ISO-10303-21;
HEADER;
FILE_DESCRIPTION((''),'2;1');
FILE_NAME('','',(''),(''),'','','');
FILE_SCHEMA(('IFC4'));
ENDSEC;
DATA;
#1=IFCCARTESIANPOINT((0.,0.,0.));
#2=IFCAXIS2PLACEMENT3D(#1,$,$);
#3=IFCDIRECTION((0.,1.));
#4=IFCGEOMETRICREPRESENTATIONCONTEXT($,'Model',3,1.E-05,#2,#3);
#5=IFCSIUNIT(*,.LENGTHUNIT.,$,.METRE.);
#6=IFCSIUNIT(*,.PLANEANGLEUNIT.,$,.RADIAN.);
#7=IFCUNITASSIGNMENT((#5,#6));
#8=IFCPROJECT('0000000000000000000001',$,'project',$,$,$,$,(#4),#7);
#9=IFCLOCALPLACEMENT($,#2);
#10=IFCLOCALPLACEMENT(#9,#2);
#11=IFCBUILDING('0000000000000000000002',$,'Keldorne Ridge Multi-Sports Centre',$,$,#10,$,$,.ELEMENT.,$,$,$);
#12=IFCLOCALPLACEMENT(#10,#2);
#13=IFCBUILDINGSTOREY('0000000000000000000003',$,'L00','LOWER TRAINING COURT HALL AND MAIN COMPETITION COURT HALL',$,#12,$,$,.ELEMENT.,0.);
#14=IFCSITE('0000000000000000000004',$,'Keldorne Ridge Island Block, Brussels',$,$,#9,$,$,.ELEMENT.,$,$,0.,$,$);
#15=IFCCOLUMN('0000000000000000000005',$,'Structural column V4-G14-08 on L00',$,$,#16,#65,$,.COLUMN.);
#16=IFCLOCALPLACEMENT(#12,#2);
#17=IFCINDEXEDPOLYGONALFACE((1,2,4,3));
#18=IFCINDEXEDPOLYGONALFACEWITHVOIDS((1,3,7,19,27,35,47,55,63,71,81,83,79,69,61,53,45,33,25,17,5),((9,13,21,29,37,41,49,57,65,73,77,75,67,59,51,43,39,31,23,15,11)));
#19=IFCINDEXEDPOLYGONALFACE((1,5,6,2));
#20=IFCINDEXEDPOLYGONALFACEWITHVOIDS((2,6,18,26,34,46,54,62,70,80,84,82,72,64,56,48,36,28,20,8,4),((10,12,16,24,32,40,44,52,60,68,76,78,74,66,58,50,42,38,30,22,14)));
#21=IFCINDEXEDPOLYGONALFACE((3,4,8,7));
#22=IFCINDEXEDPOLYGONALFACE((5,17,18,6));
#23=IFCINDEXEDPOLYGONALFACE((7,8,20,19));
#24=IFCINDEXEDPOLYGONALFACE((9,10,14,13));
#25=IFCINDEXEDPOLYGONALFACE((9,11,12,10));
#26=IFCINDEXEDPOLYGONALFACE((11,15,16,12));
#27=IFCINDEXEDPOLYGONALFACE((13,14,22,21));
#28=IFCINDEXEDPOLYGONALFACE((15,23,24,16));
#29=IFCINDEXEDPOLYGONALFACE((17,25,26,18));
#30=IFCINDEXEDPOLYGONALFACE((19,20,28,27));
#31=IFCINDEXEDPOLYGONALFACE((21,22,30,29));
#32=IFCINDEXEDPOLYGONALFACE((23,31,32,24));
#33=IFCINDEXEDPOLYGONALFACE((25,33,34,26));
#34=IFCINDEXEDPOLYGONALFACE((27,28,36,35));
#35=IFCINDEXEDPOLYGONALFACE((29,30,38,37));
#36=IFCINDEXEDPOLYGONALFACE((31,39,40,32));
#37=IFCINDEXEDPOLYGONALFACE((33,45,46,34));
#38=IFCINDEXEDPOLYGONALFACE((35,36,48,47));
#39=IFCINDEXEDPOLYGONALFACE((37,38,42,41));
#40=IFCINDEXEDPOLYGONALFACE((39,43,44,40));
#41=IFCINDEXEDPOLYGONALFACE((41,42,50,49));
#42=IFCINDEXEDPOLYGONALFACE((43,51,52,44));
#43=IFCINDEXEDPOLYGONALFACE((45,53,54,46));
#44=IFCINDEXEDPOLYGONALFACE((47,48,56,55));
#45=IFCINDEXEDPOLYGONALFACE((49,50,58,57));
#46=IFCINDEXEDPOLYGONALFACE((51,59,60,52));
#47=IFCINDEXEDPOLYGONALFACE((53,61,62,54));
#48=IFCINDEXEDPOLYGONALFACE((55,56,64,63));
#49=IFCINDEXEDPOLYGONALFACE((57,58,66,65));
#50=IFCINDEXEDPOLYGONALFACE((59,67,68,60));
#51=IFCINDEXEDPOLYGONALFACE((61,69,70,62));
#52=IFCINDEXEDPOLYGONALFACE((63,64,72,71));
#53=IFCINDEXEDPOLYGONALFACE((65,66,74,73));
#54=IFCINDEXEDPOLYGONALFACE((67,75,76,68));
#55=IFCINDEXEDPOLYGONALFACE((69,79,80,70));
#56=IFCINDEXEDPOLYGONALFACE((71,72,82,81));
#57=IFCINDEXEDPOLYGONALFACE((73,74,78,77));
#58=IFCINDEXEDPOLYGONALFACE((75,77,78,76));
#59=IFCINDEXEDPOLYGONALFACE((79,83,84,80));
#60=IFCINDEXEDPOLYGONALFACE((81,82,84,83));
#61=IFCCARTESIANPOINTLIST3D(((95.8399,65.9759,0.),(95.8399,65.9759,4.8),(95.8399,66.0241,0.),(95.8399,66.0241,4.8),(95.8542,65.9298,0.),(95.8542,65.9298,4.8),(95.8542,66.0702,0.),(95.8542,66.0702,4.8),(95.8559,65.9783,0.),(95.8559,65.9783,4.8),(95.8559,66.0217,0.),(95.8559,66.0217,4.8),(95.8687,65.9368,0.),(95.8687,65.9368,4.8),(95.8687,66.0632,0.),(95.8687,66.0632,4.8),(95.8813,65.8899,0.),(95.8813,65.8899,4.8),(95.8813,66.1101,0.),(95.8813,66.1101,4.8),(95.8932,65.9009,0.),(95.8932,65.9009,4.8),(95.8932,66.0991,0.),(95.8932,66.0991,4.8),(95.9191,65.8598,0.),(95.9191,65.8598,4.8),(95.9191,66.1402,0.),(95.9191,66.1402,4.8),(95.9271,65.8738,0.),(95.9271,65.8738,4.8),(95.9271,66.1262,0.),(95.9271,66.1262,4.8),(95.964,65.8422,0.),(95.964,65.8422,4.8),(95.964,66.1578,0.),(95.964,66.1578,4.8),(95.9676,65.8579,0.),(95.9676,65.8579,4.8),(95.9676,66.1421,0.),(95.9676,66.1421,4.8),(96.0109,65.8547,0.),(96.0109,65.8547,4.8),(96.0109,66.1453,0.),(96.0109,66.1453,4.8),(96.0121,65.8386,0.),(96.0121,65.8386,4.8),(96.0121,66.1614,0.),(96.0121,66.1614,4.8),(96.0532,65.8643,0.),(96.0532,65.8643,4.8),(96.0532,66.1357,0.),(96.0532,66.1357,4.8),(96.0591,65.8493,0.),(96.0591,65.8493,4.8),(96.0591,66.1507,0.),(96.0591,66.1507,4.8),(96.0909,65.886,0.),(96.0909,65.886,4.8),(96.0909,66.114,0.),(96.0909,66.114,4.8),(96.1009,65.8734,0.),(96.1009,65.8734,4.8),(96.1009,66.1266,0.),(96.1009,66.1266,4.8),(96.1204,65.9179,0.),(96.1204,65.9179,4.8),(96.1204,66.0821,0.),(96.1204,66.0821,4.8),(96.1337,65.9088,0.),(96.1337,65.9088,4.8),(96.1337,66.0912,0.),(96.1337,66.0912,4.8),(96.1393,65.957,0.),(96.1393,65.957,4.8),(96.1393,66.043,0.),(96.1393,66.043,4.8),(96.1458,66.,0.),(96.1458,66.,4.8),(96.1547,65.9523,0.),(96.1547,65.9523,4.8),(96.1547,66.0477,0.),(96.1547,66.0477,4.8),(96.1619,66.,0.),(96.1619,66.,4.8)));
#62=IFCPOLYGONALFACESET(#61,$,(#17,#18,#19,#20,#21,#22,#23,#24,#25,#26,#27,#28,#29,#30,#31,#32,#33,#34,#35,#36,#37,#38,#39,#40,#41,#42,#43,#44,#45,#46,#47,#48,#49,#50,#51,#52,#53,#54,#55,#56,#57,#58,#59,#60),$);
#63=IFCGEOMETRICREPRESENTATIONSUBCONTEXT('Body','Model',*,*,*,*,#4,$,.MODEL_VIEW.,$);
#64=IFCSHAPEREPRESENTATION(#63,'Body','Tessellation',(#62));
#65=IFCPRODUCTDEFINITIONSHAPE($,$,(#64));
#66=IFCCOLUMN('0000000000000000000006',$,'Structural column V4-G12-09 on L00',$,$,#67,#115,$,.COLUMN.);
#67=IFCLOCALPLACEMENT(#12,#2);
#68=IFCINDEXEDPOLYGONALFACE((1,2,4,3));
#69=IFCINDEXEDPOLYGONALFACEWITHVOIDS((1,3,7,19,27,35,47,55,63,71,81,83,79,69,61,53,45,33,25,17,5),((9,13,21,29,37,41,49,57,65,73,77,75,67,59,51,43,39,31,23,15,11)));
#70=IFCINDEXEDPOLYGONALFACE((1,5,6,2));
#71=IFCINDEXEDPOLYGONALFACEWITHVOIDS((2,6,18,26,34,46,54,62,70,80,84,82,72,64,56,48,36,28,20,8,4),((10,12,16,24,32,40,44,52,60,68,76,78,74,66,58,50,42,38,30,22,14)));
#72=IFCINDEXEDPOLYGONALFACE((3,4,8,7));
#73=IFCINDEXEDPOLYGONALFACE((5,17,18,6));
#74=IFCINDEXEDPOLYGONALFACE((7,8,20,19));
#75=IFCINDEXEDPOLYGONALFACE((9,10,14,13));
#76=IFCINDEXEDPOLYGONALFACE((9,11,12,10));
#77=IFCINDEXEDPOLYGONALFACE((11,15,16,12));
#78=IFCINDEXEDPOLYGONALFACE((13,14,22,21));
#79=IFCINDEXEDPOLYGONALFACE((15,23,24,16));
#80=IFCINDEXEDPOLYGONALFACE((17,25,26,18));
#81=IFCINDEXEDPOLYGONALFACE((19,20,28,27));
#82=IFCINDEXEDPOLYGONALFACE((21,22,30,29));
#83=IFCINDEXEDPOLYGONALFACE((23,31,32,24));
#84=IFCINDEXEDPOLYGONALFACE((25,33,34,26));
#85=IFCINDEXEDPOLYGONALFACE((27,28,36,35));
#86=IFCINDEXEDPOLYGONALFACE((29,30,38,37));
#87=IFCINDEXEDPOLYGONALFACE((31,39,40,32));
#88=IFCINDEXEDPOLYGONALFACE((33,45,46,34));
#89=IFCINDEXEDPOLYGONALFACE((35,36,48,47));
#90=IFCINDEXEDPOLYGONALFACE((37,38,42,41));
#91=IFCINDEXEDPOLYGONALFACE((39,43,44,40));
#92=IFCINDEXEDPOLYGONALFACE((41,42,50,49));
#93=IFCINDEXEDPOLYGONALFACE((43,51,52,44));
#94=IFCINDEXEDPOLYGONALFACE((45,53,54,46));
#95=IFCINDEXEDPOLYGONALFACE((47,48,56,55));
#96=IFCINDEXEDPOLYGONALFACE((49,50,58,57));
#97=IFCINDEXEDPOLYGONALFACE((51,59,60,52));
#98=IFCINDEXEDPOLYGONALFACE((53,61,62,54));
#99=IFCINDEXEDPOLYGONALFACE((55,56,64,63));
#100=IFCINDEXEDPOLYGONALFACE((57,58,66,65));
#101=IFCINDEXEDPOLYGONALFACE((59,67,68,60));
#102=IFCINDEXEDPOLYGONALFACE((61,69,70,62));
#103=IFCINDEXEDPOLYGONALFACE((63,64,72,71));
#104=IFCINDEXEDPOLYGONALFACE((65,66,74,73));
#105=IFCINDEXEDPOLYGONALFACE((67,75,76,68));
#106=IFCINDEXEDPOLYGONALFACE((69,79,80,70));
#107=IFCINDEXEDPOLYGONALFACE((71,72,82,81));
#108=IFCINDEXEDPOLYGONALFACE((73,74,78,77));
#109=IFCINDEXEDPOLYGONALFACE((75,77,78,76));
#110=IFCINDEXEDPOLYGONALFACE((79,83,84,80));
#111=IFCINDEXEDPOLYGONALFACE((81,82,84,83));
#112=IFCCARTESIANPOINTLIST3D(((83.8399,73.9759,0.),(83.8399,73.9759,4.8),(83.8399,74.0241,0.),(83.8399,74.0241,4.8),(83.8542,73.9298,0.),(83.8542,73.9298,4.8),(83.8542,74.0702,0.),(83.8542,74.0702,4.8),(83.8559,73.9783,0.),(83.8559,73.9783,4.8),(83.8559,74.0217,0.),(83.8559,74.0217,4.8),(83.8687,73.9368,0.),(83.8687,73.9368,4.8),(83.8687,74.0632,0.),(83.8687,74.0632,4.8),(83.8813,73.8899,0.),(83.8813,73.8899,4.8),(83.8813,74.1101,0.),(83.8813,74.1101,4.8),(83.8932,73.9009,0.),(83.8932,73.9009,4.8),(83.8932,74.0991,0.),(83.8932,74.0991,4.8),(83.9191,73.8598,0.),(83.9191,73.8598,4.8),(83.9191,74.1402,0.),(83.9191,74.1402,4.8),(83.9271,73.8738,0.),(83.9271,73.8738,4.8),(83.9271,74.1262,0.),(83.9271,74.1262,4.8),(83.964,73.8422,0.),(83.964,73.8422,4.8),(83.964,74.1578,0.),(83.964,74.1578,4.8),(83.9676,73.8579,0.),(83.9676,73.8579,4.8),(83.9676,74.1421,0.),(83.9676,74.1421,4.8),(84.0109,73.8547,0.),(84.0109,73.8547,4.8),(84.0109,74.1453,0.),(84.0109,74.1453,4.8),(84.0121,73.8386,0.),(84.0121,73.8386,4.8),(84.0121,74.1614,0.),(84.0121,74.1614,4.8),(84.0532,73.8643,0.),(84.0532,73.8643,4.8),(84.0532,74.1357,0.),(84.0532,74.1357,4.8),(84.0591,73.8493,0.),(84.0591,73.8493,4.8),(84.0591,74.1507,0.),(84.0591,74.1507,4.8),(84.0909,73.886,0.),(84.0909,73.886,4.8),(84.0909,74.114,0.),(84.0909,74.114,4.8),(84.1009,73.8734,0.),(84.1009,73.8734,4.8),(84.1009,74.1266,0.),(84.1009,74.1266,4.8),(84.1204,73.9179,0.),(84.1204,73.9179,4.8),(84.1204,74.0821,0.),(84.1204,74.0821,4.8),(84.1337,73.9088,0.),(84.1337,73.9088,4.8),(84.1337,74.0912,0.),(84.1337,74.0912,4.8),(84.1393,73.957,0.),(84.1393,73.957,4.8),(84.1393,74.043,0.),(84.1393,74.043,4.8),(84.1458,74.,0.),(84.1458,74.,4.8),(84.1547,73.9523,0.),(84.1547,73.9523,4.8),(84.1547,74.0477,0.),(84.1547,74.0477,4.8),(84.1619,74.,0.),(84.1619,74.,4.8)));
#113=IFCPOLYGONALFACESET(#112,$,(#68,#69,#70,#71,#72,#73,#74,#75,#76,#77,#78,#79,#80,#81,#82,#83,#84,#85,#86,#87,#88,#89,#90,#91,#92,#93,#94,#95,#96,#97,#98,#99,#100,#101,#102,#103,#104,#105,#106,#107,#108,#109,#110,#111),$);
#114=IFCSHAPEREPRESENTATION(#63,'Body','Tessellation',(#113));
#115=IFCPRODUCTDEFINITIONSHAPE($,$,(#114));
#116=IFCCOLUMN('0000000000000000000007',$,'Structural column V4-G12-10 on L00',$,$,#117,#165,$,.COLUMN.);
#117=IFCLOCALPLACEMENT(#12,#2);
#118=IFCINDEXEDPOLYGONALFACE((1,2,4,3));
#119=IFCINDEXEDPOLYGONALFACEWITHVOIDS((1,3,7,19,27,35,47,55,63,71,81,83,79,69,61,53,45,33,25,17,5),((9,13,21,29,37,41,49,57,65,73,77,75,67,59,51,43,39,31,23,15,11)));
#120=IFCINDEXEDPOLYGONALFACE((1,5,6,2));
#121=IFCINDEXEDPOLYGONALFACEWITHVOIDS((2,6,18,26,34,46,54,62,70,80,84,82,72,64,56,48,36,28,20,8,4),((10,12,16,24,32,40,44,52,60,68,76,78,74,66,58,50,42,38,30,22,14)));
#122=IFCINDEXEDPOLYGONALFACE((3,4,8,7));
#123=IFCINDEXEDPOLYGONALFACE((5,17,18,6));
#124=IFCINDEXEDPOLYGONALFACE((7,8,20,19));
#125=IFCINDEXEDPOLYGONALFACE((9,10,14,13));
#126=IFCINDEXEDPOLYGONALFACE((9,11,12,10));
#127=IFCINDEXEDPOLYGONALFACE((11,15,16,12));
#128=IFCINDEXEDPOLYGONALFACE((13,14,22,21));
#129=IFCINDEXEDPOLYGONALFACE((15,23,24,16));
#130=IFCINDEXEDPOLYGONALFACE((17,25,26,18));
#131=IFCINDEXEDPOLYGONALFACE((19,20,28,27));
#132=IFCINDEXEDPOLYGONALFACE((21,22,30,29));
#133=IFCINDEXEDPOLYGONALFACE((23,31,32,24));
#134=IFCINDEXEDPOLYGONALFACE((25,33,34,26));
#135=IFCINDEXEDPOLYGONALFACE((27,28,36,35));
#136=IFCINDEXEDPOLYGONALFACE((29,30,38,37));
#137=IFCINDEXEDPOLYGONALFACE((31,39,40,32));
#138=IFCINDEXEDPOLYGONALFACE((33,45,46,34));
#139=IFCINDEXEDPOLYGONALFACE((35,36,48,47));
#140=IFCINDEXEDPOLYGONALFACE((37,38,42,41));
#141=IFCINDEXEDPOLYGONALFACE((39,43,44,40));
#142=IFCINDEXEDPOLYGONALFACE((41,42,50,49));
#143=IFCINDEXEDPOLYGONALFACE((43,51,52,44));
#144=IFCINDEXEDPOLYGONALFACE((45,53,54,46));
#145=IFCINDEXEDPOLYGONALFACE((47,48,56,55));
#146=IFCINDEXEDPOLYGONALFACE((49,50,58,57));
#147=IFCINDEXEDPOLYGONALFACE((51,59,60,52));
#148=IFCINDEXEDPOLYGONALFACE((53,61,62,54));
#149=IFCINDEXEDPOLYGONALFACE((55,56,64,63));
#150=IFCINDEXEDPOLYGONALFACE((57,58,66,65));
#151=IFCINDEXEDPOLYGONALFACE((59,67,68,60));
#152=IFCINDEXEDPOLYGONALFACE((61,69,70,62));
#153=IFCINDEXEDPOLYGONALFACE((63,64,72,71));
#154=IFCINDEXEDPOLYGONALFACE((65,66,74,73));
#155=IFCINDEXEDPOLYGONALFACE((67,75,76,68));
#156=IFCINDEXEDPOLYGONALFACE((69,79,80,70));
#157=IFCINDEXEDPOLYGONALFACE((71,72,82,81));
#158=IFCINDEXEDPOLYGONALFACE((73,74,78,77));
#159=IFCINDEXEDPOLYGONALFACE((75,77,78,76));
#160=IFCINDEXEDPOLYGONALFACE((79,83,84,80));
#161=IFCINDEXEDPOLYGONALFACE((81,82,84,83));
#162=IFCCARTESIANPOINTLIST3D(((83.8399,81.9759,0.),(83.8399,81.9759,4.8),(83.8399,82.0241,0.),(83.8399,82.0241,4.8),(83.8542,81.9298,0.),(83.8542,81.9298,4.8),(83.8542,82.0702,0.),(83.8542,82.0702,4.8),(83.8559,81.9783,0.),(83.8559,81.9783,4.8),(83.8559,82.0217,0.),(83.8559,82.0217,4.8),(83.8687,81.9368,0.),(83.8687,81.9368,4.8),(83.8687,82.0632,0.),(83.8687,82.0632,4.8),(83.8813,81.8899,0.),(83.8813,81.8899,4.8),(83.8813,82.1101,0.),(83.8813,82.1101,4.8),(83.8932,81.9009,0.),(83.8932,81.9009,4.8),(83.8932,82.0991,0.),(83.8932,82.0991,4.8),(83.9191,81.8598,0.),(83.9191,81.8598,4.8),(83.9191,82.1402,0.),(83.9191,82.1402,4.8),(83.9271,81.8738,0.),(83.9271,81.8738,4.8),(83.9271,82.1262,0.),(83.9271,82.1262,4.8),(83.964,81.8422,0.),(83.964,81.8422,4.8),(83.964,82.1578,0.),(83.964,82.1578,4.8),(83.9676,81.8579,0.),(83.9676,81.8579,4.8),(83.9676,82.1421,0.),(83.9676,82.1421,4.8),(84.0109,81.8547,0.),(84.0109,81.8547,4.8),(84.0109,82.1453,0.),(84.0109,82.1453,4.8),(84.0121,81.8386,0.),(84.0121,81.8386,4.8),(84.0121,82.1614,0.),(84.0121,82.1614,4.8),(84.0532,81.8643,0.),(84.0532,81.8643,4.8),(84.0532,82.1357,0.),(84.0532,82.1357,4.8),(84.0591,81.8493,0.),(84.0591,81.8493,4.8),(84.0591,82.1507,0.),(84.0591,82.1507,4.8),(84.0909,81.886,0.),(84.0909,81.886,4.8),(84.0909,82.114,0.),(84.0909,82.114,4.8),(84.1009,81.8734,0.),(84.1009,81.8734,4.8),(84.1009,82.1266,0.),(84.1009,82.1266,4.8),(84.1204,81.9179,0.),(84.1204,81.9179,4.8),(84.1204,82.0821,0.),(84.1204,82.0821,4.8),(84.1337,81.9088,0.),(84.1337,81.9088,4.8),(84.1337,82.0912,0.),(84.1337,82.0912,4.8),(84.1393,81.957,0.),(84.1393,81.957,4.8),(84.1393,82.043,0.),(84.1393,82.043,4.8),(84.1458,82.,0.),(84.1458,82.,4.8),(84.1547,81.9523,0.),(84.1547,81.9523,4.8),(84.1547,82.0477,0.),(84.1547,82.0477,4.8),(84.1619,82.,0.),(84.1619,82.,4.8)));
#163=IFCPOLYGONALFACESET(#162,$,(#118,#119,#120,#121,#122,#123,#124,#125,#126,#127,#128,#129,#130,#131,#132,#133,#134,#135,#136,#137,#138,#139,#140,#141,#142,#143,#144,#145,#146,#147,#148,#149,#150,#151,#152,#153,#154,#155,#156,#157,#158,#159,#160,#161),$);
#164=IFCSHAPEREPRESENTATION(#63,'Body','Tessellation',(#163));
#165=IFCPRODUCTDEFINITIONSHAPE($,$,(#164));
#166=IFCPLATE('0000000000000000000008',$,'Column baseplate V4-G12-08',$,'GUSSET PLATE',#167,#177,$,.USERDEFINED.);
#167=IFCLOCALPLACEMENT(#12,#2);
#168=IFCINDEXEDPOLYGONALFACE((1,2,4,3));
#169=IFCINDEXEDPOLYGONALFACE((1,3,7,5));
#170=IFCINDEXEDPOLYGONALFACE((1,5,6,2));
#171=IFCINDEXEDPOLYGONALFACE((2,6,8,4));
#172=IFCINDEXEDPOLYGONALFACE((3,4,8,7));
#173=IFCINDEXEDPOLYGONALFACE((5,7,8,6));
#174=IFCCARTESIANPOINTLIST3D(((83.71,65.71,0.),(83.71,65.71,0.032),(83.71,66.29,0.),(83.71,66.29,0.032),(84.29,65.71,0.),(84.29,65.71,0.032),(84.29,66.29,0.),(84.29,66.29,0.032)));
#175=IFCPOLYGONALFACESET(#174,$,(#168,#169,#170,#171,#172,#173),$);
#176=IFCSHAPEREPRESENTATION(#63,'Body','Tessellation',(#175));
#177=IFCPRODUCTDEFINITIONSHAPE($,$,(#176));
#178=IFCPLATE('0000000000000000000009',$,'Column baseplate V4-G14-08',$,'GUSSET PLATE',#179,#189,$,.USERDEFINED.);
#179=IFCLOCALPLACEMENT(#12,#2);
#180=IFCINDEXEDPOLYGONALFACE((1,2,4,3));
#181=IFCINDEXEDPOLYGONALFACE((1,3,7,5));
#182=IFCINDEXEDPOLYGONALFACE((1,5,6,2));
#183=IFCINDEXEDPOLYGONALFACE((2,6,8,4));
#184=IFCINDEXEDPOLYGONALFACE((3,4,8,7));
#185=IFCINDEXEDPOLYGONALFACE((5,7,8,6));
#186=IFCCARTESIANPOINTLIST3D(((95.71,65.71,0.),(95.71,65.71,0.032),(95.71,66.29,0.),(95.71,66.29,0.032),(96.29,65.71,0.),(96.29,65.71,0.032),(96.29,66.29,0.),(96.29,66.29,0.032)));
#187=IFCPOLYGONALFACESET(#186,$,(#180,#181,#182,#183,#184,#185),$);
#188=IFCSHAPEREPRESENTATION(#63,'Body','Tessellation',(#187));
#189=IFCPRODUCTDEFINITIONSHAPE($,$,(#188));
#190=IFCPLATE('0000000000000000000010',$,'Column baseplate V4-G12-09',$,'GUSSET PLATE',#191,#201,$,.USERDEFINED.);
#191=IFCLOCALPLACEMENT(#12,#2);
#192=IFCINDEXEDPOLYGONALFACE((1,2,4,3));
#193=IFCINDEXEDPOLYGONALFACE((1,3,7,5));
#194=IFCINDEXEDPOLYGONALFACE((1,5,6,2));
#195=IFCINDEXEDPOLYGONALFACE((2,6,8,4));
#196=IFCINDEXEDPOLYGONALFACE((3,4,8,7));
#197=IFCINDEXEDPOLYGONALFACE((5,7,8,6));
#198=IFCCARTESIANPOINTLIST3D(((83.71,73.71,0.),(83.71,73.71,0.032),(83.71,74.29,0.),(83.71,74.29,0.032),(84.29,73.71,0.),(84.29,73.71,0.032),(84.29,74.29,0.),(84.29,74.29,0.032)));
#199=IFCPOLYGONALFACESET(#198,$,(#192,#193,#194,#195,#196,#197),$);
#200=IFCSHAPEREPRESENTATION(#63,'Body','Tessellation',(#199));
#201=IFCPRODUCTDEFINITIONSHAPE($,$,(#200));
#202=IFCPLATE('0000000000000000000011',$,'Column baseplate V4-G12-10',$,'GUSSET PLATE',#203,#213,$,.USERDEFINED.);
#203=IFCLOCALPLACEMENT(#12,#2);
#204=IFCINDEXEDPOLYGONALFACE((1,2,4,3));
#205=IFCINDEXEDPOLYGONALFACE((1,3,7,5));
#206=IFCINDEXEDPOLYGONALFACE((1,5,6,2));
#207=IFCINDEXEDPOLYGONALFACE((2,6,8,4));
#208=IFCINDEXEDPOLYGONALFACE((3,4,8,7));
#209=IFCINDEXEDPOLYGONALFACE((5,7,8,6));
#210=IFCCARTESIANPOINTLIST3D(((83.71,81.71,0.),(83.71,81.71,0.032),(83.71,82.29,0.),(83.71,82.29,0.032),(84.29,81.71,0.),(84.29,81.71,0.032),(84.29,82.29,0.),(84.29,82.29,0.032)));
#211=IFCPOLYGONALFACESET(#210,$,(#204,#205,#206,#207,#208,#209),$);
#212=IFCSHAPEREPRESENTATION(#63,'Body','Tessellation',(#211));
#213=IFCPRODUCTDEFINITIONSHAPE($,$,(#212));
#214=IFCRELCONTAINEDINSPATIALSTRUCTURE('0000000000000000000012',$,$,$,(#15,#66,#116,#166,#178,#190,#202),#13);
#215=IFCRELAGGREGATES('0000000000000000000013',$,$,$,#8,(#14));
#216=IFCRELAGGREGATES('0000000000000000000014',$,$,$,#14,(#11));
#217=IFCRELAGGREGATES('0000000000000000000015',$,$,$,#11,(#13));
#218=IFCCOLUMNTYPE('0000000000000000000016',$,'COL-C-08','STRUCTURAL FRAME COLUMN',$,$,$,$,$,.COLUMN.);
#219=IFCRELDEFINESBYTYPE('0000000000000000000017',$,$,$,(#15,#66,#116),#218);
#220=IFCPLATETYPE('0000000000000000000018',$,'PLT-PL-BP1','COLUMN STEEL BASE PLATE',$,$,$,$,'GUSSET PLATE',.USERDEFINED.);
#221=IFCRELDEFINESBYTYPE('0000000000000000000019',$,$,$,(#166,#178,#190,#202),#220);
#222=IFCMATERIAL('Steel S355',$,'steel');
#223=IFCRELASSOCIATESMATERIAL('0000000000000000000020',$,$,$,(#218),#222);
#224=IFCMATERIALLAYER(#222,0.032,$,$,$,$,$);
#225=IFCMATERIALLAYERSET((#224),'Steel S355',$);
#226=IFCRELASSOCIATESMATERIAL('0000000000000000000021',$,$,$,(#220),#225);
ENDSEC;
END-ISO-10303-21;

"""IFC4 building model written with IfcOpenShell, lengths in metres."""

from ifc_helpers import new_model, si_unit, direction, frame, origin, origin_2d, place, context, subcontext, project, spatial, rectangle, hollow_circle, extrude, material, layer, layer_set, material_profile, profile_set, type_object, element, save


model = new_model("IFC4")

# Units and contexts
model_context = context("Model", 3, precision=1e-05, world=origin(), true_north=direction((0.0, 1.0)))
body_context = subcontext(model_context, "Body", "Model", "MODEL_VIEW")
ifc_project = project(units=[si_unit("LENGTHUNIT", "METRE"), si_unit("PLANEANGLEUNIT", "RADIAN")], contexts=[model_context])

# Site, building, storey
site_placement = place(None, origin())
site = spatial("IfcSite", under=ifc_project, at=site_placement, Name="Keldorne Ridge Island Block, Brussels", CompositionType="ELEMENT", RefElevation=0.0)
building_placement = place(site_placement, origin())
building = spatial("IfcBuilding", under=site, at=building_placement, Name="Keldorne Ridge Multi-Sports Centre", CompositionType="ELEMENT")
storey_placement = place(building_placement, origin())
storey = spatial("IfcBuildingStorey", under=building, at=storey_placement, Name="L00", Description="LOWER TRAINING COURT HALL AND MAIN COMPETITION COURT HALL", CompositionType="ELEMENT", Elevation=0.0)

# Columns
ifc_material_1 = material(Name="Steel S355", Category="steel")
ifc_material_profile_1 = material_profile(ifc_material_1, hollow_circle(Radius=0.1619, WallThickness=0.0161, at=origin_2d()), Name="CHS 323.9x16")
ifc_profile_set_1 = profile_set([ifc_material_profile_1], Name="Steel S355")
column_type = type_object("IfcColumnType", Name="COL-C-08", Description="STRUCTURAL FRAME COLUMN", PredefinedType="COLUMN", material=ifc_profile_set_1)
for number, where, z_axis, x_axis, name in (
    (1, (96.0, 66.0, 0.0), (0.0, 0.0, 1.0), (1.0, 0.0, 0.0), "Structural column V4-G14-08 on L00"),
    (2, (84.0, 74.0, 0.0), (0.0, 0.0, 1.0), (1.0, 0.0, 0.0), "Structural column V4-G12-09 on L00"),
    (3, (84.0, 82.0, 0.0), (0.0, 0.0, 1.0), (1.0, 0.0, 0.0), "Structural column V4-G12-10 on L00"),
):
    element("IfcColumn", number, at=place(storey_placement, frame(where, z_axis=z_axis, x_axis=x_axis)), inside=storey, type_object=column_type, Name=name, PredefinedType="COLUMN", context=body_context, shape_type="SweptSolid", body=[
        extrude(hollow_circle(Radius=0.1619, WallThickness=0.0161, at=origin_2d()), origin(), (0.0, 0.0, 1.0), 4.8),
    ])

# Plates
ifc_layer_1 = layer(ifc_material_1, 0.032)
ifc_layer_set_1 = layer_set([ifc_layer_1], Name="Steel S355")
plate_type = type_object("IfcPlateType", Name="PLT-PL-BP1", Description="COLUMN STEEL BASE PLATE", ElementType="GUSSET PLATE", PredefinedType="USERDEFINED", material=ifc_layer_set_1)
for number, where, z_axis, x_axis, name in (
    (4, (84.0, 66.0, 0.0), (0.0, 0.0, 1.0), (1.0, 0.0, 0.0), "Column baseplate V4-G12-08"),
    (5, (96.0, 66.0, 0.0), (0.0, 0.0, 1.0), (1.0, 0.0, 0.0), "Column baseplate V4-G14-08"),
    (6, (84.0, 74.0, 0.0), (0.0, 0.0, 1.0), (1.0, 0.0, 0.0), "Column baseplate V4-G12-09"),
    (7, (84.0, 82.0, 0.0), (0.0, 0.0, 1.0), (1.0, 0.0, 0.0), "Column baseplate V4-G12-10"),
):
    element("IfcPlate", number, at=place(storey_placement, frame(where, z_axis=z_axis, x_axis=x_axis)), inside=storey, type_object=plate_type, Name=name, ObjectType="GUSSET PLATE", PredefinedType="USERDEFINED", context=body_context, shape_type="SweptSolid", body=[
        extrude(rectangle(XDim=0.5801, YDim=0.5801, at=origin_2d()), origin(), (0.0, 0.0, 1.0), 0.032),
    ])

save(model, "model.ifc")
